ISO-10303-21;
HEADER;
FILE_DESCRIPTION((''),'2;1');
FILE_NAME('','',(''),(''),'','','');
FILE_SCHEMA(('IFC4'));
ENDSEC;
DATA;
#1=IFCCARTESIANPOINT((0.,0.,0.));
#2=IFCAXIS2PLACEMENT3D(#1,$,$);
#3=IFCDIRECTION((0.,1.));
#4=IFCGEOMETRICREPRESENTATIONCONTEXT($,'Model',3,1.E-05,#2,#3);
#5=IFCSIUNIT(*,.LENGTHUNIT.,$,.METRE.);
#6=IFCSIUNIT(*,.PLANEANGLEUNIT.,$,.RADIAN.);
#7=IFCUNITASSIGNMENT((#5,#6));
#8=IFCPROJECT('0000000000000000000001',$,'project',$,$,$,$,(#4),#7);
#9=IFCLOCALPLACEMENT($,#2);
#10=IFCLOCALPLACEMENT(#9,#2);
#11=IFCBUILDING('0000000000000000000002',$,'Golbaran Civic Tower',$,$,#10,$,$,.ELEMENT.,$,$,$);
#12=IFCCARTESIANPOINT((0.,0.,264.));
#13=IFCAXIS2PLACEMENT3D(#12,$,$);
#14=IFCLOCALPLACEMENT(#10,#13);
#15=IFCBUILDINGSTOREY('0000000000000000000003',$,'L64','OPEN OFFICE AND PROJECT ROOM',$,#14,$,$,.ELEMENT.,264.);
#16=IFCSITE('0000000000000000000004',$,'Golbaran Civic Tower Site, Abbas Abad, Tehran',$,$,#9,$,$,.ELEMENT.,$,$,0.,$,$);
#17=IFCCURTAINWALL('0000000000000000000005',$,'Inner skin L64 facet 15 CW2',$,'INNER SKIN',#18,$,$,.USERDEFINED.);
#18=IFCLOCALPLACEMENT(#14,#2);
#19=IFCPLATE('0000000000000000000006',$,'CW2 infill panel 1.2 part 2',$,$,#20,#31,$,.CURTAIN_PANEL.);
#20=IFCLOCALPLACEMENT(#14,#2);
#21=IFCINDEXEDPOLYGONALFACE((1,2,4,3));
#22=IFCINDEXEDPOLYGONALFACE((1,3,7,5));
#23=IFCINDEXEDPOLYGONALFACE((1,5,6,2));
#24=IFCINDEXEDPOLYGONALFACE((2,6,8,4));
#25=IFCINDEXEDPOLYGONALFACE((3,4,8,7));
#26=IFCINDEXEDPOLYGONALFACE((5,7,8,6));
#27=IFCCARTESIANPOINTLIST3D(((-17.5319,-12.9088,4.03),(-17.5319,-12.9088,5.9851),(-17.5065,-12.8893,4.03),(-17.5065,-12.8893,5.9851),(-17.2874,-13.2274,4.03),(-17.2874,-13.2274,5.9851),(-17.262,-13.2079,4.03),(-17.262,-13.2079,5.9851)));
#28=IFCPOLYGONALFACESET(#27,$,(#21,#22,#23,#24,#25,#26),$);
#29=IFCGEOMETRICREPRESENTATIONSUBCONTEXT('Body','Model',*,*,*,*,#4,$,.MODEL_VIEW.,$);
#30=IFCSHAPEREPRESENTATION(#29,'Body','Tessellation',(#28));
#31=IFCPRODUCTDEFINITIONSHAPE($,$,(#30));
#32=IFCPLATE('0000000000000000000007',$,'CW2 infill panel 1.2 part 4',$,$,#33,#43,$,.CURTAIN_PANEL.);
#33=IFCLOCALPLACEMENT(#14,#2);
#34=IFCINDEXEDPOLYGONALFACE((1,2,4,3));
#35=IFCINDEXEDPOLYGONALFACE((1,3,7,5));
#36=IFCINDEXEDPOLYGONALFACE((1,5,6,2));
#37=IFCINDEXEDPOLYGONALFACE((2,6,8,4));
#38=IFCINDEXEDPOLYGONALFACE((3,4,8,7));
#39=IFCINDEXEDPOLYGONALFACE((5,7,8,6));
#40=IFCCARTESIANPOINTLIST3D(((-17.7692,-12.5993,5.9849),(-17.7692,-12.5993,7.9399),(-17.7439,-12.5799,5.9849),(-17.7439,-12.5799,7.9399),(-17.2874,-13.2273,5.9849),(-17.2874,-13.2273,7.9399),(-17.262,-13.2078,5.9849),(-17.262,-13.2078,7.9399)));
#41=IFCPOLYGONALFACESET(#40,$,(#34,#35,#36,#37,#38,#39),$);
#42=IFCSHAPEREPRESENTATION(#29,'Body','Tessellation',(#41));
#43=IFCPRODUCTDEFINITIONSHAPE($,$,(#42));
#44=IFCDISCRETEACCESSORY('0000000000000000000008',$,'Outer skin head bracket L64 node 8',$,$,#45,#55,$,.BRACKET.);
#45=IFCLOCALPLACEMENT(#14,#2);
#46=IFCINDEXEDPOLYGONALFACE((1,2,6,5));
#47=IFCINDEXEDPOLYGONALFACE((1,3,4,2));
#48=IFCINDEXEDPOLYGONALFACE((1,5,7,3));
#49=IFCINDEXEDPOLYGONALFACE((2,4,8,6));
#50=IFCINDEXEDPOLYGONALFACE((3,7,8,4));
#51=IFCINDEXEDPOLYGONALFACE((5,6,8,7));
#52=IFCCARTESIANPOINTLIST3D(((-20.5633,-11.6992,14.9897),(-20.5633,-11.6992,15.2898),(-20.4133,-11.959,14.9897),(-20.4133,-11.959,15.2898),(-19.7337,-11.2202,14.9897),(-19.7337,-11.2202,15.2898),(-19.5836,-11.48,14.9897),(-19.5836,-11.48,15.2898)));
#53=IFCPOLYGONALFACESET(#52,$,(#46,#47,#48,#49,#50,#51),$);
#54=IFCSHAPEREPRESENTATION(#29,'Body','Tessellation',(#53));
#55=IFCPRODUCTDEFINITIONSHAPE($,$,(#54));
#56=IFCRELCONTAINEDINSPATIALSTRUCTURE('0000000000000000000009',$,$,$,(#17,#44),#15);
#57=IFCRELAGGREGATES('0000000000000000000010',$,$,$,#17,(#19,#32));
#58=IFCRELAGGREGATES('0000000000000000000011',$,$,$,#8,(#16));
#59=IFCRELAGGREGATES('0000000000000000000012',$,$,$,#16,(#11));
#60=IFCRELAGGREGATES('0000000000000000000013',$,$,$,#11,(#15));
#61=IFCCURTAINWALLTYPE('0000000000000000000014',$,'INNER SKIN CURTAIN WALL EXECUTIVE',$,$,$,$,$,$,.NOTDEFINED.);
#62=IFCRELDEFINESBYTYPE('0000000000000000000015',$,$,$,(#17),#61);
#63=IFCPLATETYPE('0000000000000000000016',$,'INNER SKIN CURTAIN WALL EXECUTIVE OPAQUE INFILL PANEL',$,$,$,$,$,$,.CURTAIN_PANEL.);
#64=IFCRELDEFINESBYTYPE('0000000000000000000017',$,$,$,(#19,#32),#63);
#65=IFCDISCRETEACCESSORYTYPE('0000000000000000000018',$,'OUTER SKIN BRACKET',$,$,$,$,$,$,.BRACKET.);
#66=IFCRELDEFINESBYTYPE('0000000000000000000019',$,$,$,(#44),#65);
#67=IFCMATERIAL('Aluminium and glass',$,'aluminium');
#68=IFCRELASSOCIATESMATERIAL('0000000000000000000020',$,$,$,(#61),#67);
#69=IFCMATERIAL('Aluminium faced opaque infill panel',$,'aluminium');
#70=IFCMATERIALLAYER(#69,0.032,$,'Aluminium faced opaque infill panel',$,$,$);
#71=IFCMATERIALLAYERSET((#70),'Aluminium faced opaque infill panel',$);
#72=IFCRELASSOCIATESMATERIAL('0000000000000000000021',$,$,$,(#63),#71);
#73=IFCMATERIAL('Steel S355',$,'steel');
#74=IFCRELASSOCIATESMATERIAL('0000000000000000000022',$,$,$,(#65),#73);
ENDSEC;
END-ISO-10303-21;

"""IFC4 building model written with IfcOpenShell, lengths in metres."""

from ifc_helpers import new_model, si_unit, direction, frame, origin, origin_2d, place, context, subcontext, project, spatial, rectangle, extrude, material, layer, layer_set, type_object, element, aggregate, save


model = new_model("IFC4")

# Units and contexts
model_context = context("Model", 3, precision=1e-05, world=origin(), true_north=direction((0.0, 1.0)))
body_context = subcontext(model_context, "Body", "Model", "MODEL_VIEW")
ifc_project = project(units=[si_unit("LENGTHUNIT", "METRE"), si_unit("PLANEANGLEUNIT", "RADIAN")], contexts=[model_context])

# Site, building, storey
site_placement = place(None, origin())
site = spatial("IfcSite", under=ifc_project, at=site_placement, Name="Golbaran Civic Tower Site, Abbas Abad, Tehran", CompositionType="ELEMENT", RefElevation=0.0)
building_placement = place(site_placement, origin())
building = spatial("IfcBuilding", under=site, at=building_placement, Name="Golbaran Civic Tower", CompositionType="ELEMENT")
storey_placement = place(building_placement, frame((0.0, 0.0, 264.0)))
storey = spatial("IfcBuildingStorey", under=building, at=storey_placement, Name="L64", Description="OPEN OFFICE AND PROJECT ROOM", CompositionType="ELEMENT", Elevation=264.0)

# Curtain wall
ifc_material_1 = material(Name="Aluminium and glass", Category="aluminium")
curtain_wall_type_1 = type_object("IfcCurtainWallType", Name="INNER SKIN CURTAIN WALL EXECUTIVE", PredefinedType="NOTDEFINED", material=ifc_material_1)
curtain_wall_1_placement = place(storey_placement, origin())
curtain_wall_1 = element("IfcCurtainWall", 1, at=curtain_wall_1_placement, inside=storey, type_object=curtain_wall_type_1, Name="Inner skin L64 facet 15 CW2", ObjectType="INNER SKIN", PredefinedType="USERDEFINED")

# Plates
ifc_material_2 = material(Name="Aluminium faced opaque infill panel", Category="aluminium")
ifc_layer_1 = layer(ifc_material_2, 0.032, Name="Aluminium faced opaque infill panel")
ifc_layer_set_1 = layer_set([ifc_layer_1], Name="Aluminium faced opaque infill panel")
plate_type_1 = type_object("IfcPlateType", Name="INNER SKIN CURTAIN WALL EXECUTIVE OPAQUE INFILL PANEL", PredefinedType="CURTAIN_PANEL", material=ifc_layer_set_1)
plate_1_placement = place(storey_placement, frame((-17.397, -13.0583, 4.03), z_axis=(0.0, 0.0, 1.0), x_axis=(0.608761, -0.793353, 0.0)))
plate_1 = element("IfcPlate", 2, at=plate_1_placement, type_object=plate_type_1, Name="CW2 infill panel 1.2 part 2", PredefinedType="CURTAIN_PANEL", context=body_context, shape_type="SweptSolid", body=[
    extrude(rectangle(XDim=0.4016, YDim=0.032, at=origin_2d()), origin(), (0.0, 0.0, 1.0), 1.9551),
])
plate_2_placement = place(storey_placement, frame((-17.5156, -12.9036, 5.9849), z_axis=(0.0, 0.0, 1.0), x_axis=(0.608761, -0.793353, 0.0)))
plate_2 = element("IfcPlate", 3, at=plate_2_placement, type_object=plate_type_1, Name="CW2 infill panel 1.2 part 4", PredefinedType="CURTAIN_PANEL", context=body_context, shape_type="SweptSolid", body=[
    extrude(rectangle(XDim=0.7915, YDim=0.032, at=origin_2d()), origin(), (0.0, 0.0, 1.0), 1.9551),
])
aggregate(curtain_wall_1, [plate_1, plate_2])

# Discrete accessory
ifc_material_3 = material(Name="Steel S355", Category="steel")
discrete_accessory_type = type_object("IfcDiscreteAccessoryType", Name="OUTER SKIN BRACKET", PredefinedType="BRACKET", material=ifc_material_3)
discrete_accessory_placement = place(storey_placement, frame((-20.0735, -11.5896, 14.9897), z_axis=(0.0, 0.0, 1.0), x_axis=(-0.866025, -0.5, 0.0)))
element("IfcDiscreteAccessory", 4, at=discrete_accessory_placement, inside=storey, type_object=discrete_accessory_type, Name="Outer skin head bracket L64 node 8", PredefinedType="BRACKET", context=body_context, shape_type="SweptSolid", body=[
    extrude(rectangle(XDim=0.958, YDim=0.3, at=origin_2d()), origin(), (0.0, 0.0, 1.0), 0.3),
])

save(model, "model.ifc")
